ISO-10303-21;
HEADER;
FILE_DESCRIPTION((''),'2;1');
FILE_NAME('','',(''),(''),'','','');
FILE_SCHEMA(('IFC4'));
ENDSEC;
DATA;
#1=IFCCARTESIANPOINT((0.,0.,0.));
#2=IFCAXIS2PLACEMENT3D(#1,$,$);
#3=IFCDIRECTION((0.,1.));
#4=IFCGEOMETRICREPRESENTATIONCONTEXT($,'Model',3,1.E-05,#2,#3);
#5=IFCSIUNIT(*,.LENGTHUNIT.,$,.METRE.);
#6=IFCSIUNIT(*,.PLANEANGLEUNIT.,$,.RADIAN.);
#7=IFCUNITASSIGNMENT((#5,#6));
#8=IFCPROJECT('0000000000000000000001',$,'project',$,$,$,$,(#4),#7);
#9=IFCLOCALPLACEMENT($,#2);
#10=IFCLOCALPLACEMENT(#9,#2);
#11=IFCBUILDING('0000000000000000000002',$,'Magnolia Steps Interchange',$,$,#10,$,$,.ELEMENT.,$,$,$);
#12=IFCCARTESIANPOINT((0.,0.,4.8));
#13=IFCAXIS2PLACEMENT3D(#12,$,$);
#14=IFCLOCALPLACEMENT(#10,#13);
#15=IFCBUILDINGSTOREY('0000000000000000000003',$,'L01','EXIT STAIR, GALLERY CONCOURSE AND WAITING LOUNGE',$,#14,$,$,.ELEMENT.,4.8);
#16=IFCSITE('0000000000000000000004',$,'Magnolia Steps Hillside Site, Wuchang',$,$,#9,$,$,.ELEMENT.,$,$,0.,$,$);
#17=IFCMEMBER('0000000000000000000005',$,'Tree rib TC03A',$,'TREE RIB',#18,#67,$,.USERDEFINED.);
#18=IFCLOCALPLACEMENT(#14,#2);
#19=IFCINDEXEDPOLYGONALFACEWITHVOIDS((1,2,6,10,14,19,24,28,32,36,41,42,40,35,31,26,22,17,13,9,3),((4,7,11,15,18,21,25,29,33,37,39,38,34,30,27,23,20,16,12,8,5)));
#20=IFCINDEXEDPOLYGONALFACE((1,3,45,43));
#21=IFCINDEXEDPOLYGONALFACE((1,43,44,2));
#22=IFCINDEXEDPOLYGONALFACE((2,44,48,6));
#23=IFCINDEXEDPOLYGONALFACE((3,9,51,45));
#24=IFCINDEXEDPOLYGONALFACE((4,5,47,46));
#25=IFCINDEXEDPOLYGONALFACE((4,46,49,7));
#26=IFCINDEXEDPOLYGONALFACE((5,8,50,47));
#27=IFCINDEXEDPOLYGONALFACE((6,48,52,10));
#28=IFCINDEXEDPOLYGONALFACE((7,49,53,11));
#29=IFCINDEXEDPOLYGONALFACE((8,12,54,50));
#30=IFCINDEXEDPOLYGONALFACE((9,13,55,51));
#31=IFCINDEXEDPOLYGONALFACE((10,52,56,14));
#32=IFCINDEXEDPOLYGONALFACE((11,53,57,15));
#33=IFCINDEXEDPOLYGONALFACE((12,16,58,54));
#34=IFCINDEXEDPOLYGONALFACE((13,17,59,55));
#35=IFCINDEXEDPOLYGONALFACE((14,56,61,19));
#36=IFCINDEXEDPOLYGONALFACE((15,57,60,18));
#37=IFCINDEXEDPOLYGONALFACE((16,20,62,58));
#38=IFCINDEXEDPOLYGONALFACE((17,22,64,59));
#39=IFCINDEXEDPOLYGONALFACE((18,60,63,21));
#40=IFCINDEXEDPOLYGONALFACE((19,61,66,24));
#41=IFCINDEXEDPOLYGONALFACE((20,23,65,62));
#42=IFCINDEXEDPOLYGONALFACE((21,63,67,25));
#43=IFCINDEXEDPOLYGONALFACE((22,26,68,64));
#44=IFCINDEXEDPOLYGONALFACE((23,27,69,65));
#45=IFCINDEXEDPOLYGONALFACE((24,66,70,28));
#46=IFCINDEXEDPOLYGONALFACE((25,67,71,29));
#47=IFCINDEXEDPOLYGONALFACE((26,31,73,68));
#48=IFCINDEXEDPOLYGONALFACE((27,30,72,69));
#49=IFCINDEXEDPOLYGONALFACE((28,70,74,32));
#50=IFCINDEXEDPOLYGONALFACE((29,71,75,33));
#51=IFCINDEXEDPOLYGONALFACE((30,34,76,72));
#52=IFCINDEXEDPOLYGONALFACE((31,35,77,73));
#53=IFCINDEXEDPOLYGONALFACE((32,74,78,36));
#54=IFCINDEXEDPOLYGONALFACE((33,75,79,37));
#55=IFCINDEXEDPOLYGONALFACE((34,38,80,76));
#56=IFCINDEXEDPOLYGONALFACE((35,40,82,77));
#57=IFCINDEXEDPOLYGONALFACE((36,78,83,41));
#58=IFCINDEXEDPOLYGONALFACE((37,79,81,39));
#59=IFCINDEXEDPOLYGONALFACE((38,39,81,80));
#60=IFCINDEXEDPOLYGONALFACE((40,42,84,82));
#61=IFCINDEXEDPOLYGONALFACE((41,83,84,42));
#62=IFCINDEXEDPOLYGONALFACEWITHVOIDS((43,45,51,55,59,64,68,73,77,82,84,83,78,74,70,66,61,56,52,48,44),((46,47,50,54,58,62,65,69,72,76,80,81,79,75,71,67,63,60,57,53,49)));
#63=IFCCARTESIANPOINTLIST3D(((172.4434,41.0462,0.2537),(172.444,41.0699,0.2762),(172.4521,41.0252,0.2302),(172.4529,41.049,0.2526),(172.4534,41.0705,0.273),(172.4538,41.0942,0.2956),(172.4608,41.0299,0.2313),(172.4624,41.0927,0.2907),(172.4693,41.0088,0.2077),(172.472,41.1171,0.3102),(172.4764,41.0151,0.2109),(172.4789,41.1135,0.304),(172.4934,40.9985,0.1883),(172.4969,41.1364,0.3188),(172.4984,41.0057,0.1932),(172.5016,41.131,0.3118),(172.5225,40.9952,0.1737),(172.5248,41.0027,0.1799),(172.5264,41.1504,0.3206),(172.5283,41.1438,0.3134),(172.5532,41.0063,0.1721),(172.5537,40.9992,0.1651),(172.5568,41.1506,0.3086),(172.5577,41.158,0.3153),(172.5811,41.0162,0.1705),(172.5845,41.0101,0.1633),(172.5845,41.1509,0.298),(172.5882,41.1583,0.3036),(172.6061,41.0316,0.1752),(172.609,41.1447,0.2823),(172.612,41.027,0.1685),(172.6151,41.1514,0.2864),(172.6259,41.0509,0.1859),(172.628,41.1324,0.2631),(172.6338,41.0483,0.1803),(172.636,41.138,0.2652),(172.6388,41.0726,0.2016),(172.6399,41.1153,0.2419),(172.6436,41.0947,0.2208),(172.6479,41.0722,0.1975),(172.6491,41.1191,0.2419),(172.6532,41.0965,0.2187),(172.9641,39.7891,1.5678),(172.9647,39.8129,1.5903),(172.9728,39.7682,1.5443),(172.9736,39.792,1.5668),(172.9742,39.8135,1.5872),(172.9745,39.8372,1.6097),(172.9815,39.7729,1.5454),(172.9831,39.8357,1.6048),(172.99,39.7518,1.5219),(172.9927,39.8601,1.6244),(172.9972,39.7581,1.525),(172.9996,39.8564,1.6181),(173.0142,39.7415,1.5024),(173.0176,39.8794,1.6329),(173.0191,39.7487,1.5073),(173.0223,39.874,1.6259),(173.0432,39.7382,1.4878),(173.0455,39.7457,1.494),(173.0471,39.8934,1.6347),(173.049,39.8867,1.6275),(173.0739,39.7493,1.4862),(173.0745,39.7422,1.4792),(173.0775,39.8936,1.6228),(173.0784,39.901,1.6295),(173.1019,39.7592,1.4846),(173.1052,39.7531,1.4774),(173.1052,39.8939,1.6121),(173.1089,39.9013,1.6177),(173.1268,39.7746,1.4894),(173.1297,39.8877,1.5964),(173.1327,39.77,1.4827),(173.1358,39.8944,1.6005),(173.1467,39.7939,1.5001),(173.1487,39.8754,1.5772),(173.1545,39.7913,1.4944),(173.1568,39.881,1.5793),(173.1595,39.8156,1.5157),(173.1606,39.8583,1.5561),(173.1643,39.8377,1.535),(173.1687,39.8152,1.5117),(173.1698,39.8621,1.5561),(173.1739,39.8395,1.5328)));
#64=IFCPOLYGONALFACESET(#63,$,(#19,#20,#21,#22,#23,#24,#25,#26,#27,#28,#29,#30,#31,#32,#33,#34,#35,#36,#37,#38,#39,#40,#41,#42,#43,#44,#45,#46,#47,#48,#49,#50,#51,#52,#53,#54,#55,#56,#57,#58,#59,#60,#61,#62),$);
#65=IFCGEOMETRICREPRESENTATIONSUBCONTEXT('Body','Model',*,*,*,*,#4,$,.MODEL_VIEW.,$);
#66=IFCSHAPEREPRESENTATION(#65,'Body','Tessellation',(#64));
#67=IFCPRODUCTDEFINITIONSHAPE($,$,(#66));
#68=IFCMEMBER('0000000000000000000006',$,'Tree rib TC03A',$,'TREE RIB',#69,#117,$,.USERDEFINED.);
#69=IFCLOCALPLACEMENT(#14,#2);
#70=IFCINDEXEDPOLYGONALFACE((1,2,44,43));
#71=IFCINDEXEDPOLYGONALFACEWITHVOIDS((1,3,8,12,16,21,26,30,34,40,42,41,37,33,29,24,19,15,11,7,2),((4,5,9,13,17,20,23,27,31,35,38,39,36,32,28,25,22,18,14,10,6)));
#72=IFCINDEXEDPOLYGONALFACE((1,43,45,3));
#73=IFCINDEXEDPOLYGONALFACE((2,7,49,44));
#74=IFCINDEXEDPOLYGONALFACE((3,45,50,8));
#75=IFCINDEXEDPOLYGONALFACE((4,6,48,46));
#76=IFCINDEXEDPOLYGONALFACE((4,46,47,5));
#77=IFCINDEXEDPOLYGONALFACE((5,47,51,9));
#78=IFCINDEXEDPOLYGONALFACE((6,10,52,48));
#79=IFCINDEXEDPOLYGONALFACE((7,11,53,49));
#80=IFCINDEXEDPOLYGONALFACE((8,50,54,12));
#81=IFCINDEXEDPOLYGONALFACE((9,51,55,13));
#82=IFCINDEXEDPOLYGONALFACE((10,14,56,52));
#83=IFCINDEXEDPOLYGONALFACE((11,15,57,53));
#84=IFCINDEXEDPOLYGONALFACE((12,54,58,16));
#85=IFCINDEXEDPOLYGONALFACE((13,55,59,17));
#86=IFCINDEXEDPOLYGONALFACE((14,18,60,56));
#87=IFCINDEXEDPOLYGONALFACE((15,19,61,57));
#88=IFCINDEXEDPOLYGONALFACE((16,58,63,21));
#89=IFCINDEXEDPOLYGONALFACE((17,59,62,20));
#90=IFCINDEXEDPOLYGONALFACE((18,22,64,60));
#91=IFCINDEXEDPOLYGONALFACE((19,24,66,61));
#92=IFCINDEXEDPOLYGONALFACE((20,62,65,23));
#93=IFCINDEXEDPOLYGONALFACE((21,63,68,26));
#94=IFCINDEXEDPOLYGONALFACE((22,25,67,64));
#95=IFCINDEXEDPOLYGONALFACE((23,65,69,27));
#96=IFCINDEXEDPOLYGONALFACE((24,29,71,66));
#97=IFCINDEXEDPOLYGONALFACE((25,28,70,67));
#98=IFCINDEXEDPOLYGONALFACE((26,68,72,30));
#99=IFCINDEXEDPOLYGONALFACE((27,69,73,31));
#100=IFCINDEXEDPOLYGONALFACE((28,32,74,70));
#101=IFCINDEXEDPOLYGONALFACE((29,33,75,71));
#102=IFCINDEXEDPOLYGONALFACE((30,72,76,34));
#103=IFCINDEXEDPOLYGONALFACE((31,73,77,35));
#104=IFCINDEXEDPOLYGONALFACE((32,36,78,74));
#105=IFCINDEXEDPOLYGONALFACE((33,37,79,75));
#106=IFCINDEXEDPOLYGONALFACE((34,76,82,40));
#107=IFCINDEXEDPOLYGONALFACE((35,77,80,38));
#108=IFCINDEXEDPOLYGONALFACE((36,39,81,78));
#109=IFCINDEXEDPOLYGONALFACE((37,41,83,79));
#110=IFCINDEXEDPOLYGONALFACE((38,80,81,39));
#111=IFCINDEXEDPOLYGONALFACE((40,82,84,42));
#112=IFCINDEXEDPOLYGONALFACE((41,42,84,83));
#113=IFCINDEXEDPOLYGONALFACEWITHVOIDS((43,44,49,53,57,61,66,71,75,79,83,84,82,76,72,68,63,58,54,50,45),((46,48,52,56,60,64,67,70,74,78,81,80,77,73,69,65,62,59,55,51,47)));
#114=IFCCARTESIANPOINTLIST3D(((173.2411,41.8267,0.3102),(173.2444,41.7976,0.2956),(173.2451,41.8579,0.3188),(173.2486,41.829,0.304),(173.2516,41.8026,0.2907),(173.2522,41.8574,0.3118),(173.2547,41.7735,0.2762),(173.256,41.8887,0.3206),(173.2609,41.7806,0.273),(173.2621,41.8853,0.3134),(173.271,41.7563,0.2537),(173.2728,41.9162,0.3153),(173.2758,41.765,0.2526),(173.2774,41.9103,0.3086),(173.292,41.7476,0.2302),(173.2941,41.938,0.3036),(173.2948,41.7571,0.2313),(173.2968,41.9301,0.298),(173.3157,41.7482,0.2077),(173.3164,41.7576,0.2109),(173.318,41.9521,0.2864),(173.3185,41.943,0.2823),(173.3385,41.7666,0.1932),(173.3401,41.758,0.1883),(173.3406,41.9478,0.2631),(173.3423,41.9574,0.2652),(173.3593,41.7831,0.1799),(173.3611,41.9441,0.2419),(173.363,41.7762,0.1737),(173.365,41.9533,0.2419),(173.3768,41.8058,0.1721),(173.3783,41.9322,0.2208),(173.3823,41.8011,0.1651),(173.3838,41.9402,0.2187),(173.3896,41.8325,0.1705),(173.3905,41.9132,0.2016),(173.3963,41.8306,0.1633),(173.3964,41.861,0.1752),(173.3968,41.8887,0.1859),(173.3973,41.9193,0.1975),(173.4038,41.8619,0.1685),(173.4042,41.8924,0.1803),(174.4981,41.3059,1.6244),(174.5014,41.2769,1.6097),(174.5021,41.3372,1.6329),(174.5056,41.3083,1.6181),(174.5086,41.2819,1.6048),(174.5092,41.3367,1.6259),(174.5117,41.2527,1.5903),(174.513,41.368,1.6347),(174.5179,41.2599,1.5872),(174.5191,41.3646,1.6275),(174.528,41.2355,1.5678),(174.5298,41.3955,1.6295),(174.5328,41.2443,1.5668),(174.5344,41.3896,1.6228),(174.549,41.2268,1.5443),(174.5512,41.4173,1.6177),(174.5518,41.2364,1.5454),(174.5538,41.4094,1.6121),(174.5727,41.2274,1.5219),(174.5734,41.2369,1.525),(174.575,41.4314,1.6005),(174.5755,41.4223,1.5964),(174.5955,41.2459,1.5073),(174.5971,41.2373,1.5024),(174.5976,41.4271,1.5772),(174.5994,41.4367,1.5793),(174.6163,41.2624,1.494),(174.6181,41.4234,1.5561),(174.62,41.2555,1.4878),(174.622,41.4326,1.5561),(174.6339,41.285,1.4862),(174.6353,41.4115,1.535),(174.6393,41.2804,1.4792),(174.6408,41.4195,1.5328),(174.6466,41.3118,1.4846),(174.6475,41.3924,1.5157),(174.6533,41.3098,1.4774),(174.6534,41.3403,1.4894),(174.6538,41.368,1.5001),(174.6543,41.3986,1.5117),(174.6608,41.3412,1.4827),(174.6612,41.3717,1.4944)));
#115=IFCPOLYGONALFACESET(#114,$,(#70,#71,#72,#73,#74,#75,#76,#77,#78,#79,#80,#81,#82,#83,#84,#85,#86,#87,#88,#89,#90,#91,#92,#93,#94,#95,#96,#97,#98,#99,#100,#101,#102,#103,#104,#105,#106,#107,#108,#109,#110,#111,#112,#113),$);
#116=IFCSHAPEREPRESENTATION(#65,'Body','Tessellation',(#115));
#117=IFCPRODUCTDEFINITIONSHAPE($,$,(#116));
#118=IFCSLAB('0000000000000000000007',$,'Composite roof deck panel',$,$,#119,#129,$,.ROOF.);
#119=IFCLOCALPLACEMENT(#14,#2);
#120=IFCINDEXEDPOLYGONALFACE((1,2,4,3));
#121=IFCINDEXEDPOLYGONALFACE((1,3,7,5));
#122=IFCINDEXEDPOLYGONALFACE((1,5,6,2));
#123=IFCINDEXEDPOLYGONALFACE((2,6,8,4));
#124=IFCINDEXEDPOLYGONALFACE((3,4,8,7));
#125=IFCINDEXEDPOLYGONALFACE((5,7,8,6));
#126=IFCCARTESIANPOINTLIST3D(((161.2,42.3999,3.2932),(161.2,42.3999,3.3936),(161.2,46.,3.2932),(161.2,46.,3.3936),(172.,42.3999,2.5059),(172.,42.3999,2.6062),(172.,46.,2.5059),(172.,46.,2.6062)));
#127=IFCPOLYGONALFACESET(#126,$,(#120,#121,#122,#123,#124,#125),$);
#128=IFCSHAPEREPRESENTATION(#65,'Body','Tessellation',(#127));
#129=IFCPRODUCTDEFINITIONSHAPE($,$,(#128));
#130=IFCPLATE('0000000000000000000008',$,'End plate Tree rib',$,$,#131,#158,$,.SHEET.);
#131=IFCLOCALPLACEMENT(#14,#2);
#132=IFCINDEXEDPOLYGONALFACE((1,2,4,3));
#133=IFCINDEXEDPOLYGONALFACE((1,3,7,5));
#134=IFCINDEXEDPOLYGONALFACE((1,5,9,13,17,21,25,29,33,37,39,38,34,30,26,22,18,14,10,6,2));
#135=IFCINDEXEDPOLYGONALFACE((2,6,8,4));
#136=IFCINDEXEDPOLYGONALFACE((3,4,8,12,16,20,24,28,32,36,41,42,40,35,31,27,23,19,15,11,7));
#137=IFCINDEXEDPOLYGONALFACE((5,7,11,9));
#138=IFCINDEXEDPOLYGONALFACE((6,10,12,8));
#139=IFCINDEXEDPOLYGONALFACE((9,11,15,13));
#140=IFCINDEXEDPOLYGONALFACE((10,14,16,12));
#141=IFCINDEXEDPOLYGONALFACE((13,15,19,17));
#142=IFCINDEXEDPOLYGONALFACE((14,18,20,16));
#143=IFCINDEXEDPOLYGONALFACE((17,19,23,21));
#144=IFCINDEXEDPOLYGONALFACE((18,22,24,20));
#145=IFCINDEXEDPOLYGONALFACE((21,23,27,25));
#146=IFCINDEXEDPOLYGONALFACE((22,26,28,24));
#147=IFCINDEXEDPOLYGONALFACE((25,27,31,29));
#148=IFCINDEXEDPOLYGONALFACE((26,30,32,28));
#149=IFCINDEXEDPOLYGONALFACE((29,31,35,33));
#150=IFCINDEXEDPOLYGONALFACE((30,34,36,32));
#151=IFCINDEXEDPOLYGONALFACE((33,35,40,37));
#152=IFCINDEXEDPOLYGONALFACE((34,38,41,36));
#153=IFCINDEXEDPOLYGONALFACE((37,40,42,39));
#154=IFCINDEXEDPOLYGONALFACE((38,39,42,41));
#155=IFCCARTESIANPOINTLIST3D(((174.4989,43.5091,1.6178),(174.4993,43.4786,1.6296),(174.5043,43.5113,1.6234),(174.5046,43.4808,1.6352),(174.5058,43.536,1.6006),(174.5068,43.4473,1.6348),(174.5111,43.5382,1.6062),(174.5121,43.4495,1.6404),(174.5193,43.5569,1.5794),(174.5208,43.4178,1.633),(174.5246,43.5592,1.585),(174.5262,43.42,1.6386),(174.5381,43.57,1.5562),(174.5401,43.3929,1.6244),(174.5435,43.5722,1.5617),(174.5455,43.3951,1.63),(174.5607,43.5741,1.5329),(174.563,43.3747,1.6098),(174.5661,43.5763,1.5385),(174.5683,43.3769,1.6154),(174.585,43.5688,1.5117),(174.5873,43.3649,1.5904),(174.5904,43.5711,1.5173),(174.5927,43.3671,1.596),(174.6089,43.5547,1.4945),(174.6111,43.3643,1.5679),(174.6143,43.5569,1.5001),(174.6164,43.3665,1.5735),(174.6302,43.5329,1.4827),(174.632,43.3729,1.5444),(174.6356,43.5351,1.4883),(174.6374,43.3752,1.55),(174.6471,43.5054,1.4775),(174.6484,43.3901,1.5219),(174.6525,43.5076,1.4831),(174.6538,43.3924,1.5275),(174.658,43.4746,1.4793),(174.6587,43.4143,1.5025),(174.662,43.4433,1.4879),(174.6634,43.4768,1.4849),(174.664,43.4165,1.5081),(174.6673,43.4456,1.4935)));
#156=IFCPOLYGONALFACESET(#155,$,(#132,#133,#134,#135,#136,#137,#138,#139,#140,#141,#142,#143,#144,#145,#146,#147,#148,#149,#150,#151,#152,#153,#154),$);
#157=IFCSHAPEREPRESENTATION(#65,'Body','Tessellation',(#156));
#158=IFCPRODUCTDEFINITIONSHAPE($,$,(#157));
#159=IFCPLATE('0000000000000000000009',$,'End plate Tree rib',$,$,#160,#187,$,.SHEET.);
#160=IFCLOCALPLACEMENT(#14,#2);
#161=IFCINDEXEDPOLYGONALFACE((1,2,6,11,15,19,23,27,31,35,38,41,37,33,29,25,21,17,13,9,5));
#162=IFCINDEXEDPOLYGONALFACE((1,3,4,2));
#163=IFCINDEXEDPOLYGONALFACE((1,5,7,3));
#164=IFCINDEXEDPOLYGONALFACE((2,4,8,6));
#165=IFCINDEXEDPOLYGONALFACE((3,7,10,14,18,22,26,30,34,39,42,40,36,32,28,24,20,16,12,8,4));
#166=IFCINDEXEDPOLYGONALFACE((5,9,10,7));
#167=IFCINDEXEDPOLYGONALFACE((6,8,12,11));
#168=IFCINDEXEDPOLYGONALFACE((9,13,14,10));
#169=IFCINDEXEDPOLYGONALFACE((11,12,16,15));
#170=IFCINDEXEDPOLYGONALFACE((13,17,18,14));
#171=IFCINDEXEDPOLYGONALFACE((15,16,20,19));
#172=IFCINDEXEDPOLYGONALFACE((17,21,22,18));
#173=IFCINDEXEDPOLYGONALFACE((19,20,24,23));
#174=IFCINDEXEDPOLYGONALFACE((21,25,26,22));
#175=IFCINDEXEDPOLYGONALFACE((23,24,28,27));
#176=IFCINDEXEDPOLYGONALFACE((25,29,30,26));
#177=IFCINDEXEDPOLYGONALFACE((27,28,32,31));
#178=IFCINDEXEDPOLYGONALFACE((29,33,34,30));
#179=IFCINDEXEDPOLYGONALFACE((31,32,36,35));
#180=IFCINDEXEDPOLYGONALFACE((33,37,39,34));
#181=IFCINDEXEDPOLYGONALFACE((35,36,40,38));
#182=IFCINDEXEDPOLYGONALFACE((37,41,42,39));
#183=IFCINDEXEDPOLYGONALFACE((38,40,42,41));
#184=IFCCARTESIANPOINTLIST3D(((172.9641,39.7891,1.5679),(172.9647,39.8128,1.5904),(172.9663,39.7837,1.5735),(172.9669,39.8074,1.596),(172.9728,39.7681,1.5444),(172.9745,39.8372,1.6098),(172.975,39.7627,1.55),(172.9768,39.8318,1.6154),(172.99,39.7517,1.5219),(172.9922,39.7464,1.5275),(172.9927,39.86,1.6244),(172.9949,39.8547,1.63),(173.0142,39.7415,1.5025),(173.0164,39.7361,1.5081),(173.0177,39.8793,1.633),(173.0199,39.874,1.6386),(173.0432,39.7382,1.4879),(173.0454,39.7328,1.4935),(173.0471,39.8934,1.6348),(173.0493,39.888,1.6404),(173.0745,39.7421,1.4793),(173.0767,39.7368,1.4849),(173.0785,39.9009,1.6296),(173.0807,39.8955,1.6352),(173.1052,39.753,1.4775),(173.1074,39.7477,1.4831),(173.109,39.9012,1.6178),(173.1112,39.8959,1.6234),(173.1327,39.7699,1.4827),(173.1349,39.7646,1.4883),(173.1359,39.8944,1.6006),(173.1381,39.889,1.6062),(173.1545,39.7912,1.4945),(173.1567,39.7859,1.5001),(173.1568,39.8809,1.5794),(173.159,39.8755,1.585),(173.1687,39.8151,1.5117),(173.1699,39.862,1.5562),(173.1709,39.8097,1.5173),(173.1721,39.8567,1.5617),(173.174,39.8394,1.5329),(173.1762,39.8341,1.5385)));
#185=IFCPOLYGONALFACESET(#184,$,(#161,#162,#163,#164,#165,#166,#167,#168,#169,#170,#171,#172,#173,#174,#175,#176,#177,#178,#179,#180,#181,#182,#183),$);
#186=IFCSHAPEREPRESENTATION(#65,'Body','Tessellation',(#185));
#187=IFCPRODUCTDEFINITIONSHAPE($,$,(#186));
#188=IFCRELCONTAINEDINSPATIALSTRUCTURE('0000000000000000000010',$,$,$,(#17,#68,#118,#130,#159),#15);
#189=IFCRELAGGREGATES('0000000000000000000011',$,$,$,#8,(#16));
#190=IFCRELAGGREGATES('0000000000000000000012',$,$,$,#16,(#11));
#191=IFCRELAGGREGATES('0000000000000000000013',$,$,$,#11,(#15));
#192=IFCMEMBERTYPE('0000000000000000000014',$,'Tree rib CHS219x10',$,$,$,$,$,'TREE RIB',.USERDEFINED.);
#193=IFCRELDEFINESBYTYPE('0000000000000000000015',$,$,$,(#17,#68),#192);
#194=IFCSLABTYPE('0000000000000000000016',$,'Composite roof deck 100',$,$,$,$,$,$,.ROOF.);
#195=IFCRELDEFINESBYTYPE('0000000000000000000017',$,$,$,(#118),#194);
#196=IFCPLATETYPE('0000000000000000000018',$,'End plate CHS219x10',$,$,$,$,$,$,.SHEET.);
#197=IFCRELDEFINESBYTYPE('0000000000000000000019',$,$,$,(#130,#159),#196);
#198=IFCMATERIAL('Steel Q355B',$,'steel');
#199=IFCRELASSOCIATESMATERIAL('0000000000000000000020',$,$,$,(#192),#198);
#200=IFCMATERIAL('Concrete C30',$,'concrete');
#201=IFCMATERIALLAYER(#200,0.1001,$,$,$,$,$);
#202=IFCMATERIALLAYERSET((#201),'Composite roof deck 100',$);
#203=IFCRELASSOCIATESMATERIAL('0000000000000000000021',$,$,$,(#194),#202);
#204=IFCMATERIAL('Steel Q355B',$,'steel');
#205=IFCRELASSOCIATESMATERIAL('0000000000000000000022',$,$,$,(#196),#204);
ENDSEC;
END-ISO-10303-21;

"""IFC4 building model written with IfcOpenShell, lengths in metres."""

from ifc_helpers import new_model, si_unit, direction, frame, origin, origin_2d, place, context, subcontext, project, spatial, polyline, circle, hollow_circle, outline, extrude, material, layer, layer_set, material_profile, profile_set, type_object, element, save


model = new_model("IFC4")

# Units and contexts
model_context = context("Model", 3, precision=1e-05, world=origin(), true_north=direction((0.0, 1.0)))
body_context = subcontext(model_context, "Body", "Model", "MODEL_VIEW")
ifc_project = project(units=[si_unit("LENGTHUNIT", "METRE"), si_unit("PLANEANGLEUNIT", "RADIAN")], contexts=[model_context])

# Site, building, storey
site_placement = place(None, origin())
site = spatial("IfcSite", under=ifc_project, at=site_placement, Name="Magnolia Steps Hillside Site, Wuchang", CompositionType="ELEMENT", RefElevation=0.0)
building_placement = place(site_placement, origin())
building = spatial("IfcBuilding", under=site, at=building_placement, Name="Magnolia Steps Interchange", CompositionType="ELEMENT")
storey_placement = place(building_placement, frame((0.0, 0.0, 4.8)))
storey = spatial("IfcBuildingStorey", under=building, at=storey_placement, Name="L01", Description="EXIT STAIR, GALLERY CONCOURSE AND WAITING LOUNGE", CompositionType="ELEMENT", Elevation=4.8)

# Members
ifc_material_1 = material(Name="Steel Q355B", Category="steel")
ifc_material_profile_1 = material_profile(ifc_material_1, hollow_circle(Radius=0.1096, WallThickness=0.01, at=origin_2d()), Name="CHS219x10")
ifc_profile_set_1 = profile_set([ifc_material_profile_1], Name="Steel Q355B")
member_type = type_object("IfcMemberType", Name="Tree rib CHS219x10", ElementType="TREE RIB", PredefinedType="USERDEFINED", material=ifc_profile_set_1)
for number, where, z_axis, x_axis, name in (
    (1, (172.5479, 41.0771, 0.2419), (0.275281, -0.664519, 0.694719), (0.923866, 0.382716, 0.0), "Tree rib TC03A"),
    (2, (173.323, 41.8521, 0.2419), (0.664519, -0.275281, 0.694719), (0.382716, 0.923866, 0.0), "Tree rib TC03A"),
):
    element("IfcMember", number, at=place(storey_placement, frame(where, z_axis=z_axis, x_axis=x_axis)), inside=storey, type_object=member_type, Name=name, ObjectType="TREE RIB", PredefinedType="USERDEFINED", context=body_context, shape_type="SweptSolid", body=[
        extrude(hollow_circle(Radius=0.1096, WallThickness=0.01, at=origin_2d()), origin(), (0.0, 0.0, 1.0), 1.8916),
    ])

# Slab
ifc_material_2 = material(Name="Concrete C30", Category="concrete")
ifc_layer_1 = layer(ifc_material_2, 0.1001)
ifc_layer_set_1 = layer_set([ifc_layer_1], Name="Composite roof deck 100")
slab_type_1 = type_object("IfcSlabType", Name="Composite roof deck 100", PredefinedType="ROOF", material=ifc_layer_set_1)
slab_1_placement = place(storey_placement, frame((172.0, 42.3999, 2.6062), z_axis=(0.07271, 0.0, 0.997353), x_axis=(0.0, 1.0, 0.0)))
element("IfcSlab", 3, at=slab_1_placement, inside=storey, type_object=slab_type_1, Name="Composite roof deck panel", PredefinedType="ROOF", context=body_context, shape_type="SweptSolid", body=[
    extrude(outline(polyline([(0.0, 0.0), (3.6001, 0.0), (3.6001, 10.8287), (0.0, 10.8287), (0.0, 0.0)])), origin(), (0.0, -0.07271, -0.997353), 0.1003),
])

# Plates
ifc_material_3 = material(Name="Steel Q355B", Category="steel")
ifc_material_profile_2 = material_profile(ifc_material_3, circle(Radius=0.1096, at=origin_2d()), Name="End plate CHS219x10")
ifc_profile_set_2 = profile_set([ifc_material_profile_2], Name="Steel Q355B")
plate_type_1 = type_object("IfcPlateType", Name="End plate CHS219x10", PredefinedType="SHEET", material=ifc_profile_set_2)
for number, where, z_axis, x_axis, name in (
    (4, (174.5801, 43.4688, 1.5562), (0.664583, 0.275279, 0.694658), (-0.382683, 0.92388, 0.0), "End plate Tree rib"),
    (5, (173.0686, 39.8201, 1.5562), (0.275279, -0.664583, 0.694658), (0.92388, 0.382683, 0.0), "End plate Tree rib"),
):
    element("IfcPlate", number, at=place(storey_placement, frame(where, z_axis=z_axis, x_axis=x_axis)), inside=storey, type_object=plate_type_1, Name=name, PredefinedType="SHEET", context=body_context, shape_type="SweptSolid", body=[
        extrude(circle(Radius=0.1096, at=origin_2d()), origin(), (0.0, 0.0, 1.0), 0.0081),
    ])

save(model, "model.ifc")
